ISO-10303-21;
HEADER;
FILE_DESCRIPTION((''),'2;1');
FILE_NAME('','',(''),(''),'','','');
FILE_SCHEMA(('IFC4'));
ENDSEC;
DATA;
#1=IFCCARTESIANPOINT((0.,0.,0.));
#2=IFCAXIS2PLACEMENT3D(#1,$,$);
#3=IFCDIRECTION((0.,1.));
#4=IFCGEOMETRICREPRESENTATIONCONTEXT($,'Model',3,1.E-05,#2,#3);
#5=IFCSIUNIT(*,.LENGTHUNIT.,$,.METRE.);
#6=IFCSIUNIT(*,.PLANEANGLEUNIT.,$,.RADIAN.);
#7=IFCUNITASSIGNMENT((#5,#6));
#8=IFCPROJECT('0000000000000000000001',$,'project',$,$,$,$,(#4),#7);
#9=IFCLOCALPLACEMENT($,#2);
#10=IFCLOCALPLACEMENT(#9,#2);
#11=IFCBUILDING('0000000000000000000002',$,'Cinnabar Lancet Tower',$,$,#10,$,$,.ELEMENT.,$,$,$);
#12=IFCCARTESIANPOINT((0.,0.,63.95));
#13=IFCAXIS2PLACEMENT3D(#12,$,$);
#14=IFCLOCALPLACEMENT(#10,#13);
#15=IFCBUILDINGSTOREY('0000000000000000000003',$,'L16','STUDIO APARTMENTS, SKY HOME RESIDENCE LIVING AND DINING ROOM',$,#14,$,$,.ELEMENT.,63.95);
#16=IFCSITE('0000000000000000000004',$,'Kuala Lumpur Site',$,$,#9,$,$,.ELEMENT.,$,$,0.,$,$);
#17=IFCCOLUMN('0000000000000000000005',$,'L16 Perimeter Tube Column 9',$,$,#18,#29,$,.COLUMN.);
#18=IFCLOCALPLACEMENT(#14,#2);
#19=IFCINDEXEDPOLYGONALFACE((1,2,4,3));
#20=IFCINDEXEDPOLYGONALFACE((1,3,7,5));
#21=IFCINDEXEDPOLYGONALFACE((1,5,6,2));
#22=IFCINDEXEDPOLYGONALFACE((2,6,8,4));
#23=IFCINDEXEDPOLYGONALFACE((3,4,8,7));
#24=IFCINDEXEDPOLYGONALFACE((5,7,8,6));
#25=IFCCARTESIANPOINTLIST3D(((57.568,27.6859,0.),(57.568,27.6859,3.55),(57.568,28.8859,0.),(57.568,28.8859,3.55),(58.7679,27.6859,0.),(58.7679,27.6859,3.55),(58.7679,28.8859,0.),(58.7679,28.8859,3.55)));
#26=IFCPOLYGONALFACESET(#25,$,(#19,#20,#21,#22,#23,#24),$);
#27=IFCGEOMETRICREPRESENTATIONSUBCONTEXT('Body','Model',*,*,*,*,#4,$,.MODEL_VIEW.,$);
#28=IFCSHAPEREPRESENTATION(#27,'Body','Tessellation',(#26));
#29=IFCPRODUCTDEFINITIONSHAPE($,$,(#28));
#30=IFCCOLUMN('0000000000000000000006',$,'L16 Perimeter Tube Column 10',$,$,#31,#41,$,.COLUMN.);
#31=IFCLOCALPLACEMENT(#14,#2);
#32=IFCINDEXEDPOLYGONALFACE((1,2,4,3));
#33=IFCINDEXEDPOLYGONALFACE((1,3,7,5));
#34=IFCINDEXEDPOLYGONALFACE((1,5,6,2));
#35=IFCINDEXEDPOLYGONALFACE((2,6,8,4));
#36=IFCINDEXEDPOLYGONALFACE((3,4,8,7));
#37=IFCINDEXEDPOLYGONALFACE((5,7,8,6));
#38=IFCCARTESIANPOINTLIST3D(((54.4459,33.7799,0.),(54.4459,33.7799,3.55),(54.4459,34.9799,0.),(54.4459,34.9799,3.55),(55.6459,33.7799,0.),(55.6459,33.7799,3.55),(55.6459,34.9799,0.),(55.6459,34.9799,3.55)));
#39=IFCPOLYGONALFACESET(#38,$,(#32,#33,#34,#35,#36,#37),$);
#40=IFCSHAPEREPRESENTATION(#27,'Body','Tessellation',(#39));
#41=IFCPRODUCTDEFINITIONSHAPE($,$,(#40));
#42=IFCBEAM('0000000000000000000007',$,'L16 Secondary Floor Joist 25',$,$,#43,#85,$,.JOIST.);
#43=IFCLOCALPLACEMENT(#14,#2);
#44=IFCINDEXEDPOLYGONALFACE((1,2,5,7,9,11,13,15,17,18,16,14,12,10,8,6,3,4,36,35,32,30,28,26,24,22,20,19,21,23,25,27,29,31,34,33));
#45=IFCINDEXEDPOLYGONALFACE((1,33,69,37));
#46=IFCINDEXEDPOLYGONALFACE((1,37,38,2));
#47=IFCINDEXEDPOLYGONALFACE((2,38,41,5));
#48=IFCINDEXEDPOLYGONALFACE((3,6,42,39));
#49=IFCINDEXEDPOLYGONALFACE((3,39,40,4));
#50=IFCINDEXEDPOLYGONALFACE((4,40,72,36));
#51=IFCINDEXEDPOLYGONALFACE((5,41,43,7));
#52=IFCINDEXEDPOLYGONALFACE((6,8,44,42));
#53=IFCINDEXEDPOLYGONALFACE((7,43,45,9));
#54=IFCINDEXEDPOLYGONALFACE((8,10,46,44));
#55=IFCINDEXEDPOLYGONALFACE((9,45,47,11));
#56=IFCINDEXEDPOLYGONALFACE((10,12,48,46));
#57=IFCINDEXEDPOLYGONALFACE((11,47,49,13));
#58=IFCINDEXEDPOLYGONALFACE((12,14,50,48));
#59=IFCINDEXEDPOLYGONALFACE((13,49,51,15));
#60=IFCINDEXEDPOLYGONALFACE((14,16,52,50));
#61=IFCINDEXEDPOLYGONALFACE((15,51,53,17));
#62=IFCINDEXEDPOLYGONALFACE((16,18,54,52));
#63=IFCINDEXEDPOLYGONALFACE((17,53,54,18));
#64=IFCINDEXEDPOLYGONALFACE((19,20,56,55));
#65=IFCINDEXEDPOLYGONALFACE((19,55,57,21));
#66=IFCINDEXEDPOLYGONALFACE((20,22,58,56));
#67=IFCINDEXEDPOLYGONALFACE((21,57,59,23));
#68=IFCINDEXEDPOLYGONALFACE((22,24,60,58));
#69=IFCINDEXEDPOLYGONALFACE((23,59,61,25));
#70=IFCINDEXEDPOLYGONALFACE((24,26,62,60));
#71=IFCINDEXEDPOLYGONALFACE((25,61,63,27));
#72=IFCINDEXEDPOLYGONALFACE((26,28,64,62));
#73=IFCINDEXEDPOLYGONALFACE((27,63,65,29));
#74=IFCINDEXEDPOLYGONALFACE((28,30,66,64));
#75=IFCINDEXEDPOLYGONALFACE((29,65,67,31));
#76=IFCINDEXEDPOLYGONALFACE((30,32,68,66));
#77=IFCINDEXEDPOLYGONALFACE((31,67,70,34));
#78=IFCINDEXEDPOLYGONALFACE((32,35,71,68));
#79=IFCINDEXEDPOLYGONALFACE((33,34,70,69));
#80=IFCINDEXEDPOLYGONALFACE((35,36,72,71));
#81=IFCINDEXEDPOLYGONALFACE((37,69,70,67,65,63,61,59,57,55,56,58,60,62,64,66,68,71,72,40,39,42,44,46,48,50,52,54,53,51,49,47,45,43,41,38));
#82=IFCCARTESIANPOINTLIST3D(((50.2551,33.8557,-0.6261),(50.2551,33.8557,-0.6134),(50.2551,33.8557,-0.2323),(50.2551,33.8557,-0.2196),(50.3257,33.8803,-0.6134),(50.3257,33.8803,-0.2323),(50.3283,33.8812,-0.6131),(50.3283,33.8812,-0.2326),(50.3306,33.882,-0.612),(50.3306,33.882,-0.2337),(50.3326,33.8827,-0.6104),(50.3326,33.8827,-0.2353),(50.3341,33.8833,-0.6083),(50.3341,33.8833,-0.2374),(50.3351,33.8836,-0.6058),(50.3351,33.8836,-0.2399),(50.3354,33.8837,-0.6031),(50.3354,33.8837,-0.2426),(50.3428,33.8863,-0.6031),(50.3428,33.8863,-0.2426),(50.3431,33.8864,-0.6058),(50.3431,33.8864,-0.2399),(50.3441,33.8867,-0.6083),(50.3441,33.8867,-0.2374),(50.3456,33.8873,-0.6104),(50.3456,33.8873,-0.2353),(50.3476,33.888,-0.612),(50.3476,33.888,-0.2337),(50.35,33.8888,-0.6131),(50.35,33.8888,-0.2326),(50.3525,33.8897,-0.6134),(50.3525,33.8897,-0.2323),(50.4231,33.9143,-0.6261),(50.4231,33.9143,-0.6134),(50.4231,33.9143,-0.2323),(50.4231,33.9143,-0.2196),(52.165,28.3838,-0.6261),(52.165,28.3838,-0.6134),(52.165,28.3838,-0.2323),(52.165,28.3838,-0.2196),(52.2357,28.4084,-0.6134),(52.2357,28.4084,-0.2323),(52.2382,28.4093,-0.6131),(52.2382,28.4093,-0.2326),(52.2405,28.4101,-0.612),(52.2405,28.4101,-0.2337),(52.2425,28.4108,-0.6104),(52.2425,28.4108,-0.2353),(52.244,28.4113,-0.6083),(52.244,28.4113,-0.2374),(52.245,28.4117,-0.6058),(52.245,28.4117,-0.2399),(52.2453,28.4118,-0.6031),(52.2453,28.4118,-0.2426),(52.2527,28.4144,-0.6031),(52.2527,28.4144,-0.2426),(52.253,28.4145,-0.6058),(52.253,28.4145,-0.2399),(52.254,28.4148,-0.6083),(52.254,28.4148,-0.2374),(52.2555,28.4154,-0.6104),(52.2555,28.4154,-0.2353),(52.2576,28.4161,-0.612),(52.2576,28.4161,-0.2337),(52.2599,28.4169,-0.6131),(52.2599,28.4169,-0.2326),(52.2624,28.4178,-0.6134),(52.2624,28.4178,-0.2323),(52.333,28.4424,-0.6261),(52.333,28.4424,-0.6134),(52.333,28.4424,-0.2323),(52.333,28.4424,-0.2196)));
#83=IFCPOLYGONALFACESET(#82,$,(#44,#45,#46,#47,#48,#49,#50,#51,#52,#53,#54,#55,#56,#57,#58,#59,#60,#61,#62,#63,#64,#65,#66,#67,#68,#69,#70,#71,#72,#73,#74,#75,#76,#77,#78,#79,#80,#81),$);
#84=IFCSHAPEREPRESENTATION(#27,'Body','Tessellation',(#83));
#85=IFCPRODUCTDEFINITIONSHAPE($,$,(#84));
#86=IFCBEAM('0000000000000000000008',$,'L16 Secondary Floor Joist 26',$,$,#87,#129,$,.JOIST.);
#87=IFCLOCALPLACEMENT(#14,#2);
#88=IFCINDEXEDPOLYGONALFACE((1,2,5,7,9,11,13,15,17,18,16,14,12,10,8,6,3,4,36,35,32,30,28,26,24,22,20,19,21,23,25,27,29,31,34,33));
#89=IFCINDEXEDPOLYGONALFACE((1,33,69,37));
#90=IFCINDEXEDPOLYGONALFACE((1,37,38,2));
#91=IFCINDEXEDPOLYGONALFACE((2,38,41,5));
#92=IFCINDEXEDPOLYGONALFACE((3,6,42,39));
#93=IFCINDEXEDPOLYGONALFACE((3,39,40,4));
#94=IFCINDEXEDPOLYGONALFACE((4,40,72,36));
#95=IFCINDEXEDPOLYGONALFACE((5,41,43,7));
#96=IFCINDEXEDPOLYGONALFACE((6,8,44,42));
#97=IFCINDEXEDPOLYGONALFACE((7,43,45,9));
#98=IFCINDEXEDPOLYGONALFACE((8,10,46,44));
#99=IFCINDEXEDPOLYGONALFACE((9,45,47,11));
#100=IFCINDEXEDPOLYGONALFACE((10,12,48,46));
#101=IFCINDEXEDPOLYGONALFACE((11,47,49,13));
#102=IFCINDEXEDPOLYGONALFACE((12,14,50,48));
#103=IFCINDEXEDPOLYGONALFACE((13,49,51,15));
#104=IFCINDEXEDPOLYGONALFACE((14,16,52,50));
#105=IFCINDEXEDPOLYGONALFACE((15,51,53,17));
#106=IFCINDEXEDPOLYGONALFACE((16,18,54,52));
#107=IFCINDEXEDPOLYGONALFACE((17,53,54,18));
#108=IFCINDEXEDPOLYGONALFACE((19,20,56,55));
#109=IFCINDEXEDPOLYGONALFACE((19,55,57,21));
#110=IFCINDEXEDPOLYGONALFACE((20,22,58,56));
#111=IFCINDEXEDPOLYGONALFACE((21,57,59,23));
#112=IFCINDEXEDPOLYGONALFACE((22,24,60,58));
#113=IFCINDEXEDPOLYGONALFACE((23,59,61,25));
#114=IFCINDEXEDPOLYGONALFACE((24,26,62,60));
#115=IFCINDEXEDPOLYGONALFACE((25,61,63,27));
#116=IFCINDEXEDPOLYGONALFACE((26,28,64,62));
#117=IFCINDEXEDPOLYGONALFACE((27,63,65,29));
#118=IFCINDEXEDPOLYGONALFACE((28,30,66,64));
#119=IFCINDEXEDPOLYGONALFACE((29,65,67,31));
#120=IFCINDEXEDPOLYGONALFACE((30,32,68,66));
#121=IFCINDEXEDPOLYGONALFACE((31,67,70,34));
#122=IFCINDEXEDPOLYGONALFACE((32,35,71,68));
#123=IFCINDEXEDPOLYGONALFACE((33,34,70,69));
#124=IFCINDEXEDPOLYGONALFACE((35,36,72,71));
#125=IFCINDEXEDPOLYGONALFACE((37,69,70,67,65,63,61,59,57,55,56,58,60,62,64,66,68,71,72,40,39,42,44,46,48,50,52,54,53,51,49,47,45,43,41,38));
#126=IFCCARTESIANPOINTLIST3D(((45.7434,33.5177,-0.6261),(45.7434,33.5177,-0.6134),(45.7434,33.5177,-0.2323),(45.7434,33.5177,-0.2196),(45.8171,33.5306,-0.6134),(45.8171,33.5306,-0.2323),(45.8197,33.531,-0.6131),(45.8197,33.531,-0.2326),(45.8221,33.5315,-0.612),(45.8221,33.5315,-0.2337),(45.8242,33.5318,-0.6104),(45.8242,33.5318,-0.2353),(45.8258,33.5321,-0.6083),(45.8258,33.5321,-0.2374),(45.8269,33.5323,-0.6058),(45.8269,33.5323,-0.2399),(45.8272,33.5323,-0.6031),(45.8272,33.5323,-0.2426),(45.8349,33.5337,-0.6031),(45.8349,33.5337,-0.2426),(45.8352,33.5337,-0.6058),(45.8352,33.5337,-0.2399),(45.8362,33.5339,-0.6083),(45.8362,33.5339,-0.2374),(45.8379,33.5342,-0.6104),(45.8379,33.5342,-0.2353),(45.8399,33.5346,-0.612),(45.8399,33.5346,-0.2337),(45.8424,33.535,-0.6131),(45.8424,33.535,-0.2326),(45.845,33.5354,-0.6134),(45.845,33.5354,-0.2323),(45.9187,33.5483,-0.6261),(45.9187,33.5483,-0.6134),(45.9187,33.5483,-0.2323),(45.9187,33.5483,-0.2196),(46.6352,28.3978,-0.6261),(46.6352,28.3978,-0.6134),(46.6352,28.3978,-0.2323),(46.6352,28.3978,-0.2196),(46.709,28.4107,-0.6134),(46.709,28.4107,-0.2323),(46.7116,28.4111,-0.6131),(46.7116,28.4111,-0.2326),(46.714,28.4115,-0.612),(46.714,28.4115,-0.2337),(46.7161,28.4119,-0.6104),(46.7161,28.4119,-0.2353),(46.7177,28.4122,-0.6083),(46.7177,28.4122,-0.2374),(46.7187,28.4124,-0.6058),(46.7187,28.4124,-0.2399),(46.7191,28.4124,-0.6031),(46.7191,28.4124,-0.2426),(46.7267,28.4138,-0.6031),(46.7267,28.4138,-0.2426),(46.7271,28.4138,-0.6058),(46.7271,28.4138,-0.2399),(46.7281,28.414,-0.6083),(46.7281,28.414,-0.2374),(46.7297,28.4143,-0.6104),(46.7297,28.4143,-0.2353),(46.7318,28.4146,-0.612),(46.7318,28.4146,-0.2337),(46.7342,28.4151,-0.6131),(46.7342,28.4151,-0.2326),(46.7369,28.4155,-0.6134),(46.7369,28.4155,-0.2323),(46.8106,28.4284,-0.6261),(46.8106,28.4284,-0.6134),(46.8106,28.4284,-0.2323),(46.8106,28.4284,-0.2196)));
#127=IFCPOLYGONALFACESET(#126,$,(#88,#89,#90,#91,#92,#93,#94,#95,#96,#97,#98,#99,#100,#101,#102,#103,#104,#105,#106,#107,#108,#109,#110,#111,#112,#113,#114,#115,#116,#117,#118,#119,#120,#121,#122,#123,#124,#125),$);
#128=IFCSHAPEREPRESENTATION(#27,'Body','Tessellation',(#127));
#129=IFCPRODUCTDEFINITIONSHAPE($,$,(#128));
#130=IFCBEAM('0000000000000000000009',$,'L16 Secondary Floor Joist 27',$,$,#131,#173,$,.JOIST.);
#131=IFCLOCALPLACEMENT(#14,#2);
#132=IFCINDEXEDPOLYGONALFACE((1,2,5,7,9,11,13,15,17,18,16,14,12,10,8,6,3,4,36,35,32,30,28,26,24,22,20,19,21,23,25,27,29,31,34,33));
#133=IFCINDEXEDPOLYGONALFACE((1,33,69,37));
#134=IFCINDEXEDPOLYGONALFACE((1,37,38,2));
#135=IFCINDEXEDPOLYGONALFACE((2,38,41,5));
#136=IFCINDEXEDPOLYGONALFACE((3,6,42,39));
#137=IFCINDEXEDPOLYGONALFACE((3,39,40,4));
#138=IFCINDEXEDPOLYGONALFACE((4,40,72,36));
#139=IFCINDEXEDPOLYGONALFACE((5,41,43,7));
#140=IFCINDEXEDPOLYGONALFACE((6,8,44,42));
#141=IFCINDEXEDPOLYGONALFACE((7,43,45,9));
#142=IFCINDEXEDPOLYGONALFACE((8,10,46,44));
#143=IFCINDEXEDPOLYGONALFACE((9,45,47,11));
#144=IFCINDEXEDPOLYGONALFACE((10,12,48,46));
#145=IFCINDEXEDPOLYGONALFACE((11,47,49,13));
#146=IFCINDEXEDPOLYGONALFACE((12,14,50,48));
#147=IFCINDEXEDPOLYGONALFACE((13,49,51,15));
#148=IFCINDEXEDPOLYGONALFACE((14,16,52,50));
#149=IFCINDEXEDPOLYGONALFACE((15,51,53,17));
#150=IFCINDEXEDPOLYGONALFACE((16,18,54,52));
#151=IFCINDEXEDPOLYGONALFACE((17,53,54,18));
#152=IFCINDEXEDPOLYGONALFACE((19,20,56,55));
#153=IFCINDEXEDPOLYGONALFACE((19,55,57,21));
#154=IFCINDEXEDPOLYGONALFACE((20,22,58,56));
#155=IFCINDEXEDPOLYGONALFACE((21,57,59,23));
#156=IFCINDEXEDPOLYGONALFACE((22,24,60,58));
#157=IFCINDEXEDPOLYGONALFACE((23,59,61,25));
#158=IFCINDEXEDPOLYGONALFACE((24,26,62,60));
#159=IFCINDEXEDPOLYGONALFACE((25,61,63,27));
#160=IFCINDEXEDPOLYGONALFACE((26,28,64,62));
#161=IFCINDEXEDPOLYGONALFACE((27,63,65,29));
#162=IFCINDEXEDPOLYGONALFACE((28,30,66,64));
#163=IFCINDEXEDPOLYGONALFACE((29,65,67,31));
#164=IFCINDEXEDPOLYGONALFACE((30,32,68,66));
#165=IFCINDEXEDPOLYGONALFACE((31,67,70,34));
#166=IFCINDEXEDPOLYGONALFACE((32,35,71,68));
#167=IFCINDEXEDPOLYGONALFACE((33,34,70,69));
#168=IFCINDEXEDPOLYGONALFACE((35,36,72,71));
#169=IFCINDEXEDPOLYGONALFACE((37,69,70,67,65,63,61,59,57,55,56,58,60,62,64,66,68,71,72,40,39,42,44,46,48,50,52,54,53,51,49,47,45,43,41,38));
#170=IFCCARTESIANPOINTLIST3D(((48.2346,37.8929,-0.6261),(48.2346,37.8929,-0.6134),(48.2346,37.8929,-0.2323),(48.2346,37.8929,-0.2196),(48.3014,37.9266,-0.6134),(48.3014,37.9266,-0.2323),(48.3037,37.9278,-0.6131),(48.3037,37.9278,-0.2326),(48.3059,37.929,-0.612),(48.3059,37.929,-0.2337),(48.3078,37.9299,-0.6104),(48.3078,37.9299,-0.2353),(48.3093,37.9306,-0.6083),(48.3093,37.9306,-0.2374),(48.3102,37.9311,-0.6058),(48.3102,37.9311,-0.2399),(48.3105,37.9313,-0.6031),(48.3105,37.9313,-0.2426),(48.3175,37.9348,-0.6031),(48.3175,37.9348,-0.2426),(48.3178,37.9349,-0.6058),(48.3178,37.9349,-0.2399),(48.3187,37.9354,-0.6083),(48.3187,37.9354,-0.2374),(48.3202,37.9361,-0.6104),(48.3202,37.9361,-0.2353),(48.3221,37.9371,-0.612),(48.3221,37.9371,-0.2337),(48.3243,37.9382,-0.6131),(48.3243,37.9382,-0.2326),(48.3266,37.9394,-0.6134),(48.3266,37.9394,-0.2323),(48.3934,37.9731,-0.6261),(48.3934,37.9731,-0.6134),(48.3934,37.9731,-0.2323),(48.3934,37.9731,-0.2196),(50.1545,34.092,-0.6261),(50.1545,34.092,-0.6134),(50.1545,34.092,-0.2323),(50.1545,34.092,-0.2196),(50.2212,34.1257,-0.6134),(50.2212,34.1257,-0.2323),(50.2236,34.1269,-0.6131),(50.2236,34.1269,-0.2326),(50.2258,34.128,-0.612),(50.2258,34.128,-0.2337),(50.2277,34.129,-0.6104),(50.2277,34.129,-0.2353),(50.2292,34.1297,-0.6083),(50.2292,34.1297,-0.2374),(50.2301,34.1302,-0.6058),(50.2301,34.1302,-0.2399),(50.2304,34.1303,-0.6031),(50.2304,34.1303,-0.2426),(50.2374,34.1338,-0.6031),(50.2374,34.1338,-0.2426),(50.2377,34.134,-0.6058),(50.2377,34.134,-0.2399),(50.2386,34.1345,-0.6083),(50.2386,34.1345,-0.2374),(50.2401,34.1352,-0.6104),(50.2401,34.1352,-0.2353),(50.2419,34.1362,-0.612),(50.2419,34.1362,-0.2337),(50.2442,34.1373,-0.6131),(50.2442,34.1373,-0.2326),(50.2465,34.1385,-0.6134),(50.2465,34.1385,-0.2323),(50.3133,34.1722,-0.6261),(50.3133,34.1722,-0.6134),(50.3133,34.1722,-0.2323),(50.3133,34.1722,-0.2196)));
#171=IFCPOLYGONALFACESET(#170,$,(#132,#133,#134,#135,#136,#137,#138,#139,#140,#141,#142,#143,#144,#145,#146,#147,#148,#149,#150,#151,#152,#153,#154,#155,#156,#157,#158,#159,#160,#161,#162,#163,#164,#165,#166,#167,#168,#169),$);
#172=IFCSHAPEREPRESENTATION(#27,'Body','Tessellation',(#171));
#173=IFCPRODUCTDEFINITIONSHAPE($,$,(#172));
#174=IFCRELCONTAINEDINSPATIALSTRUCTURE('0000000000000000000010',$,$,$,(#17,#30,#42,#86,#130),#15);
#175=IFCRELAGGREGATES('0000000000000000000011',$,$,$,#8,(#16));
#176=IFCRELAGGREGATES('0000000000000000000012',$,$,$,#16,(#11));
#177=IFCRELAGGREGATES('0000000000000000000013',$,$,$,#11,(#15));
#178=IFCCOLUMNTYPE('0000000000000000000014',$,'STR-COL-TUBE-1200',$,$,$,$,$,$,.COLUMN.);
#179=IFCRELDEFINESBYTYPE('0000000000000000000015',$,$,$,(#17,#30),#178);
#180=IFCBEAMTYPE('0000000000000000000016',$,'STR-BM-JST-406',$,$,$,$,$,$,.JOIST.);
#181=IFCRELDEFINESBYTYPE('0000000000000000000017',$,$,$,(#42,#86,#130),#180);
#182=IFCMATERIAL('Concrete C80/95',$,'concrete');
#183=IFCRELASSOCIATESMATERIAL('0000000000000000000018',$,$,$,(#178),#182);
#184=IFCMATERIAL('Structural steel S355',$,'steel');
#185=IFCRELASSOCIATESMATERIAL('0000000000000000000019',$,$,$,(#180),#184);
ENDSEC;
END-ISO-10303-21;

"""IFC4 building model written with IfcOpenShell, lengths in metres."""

from ifc_helpers import new_model, si_unit, direction, frame, origin, origin_2d, place, context, subcontext, project, spatial, rectangle, i_section, extrude, material, material_profile, profile_set, type_object, element, save


model = new_model("IFC4")

# Units and contexts
model_context = context("Model", 3, precision=1e-05, world=origin(), true_north=direction((0.0, 1.0)))
body_context = subcontext(model_context, "Body", "Model", "MODEL_VIEW")
ifc_project = project(units=[si_unit("LENGTHUNIT", "METRE"), si_unit("PLANEANGLEUNIT", "RADIAN")], contexts=[model_context])

# Site, building, storey
site_placement = place(None, origin())
site = spatial("IfcSite", under=ifc_project, at=site_placement, Name="Kuala Lumpur Site", CompositionType="ELEMENT", RefElevation=0.0)
building_placement = place(site_placement, origin())
building = spatial("IfcBuilding", under=site, at=building_placement, Name="Cinnabar Lancet Tower", CompositionType="ELEMENT")
storey_placement = place(building_placement, frame((0.0, 0.0, 63.95)))
storey = spatial("IfcBuildingStorey", under=building, at=storey_placement, Name="L16", Description="STUDIO APARTMENTS, SKY HOME RESIDENCE LIVING AND DINING ROOM", CompositionType="ELEMENT", Elevation=63.95)

# Columns
ifc_material_1 = material(Name="Concrete C80/95", Category="concrete")
ifc_material_profile_1 = material_profile(ifc_material_1, rectangle(XDim=1.2, YDim=1.2, at=origin_2d()), Name="RC-COL 1200x1200")
ifc_profile_set_1 = profile_set([ifc_material_profile_1], Name="Concrete C80/95")
column_type = type_object("IfcColumnType", Name="STR-COL-TUBE-1200", PredefinedType="COLUMN", material=ifc_profile_set_1)
for number, where, z_axis, x_axis, name in (
    (1, (58.168, 28.2859, 0.0), (0.0, 0.0, 1.0), (1.0, 0.0, 0.0), "L16 Perimeter Tube Column 9"),
    (2, (55.0459, 34.3799, 0.0), (0.0, 0.0, 1.0), (1.0, 0.0, 0.0), "L16 Perimeter Tube Column 10"),
):
    element("IfcColumn", number, at=place(storey_placement, frame(where, z_axis=z_axis, x_axis=x_axis)), inside=storey, type_object=column_type, Name=name, PredefinedType="COLUMN", context=body_context, shape_type="SweptSolid", body=[
        extrude(rectangle(XDim=1.2, YDim=1.2, at=origin_2d()), origin(), (0.0, 0.0, 1.0), 3.55),
    ])

# Beams
ifc_material_2 = material(Name="Structural steel S355", Category="steel")
ifc_material_profile_2 = material_profile(ifc_material_2, i_section(OverallWidth=0.178, OverallDepth=0.4065, WebThickness=0.0078, FlangeThickness=0.0127, FilletRadius=0.0103, at=origin_2d()), Name="UKB 406x178x60")
ifc_profile_set_2 = profile_set([ifc_material_profile_2], Name="Structural steel S355")
beam_type_1 = type_object("IfcBeamType", Name="STR-BM-JST-406", PredefinedType="JOIST", material=ifc_profile_set_2)
beam_1_placement = place(storey_placement, frame((52.249, 28.4131, -0.4229), z_axis=(-0.329542, 0.944141, 0.0), x_axis=(-0.944141, -0.329542, 0.0)))
element("IfcBeam", 3, at=beam_1_placement, inside=storey, type_object=beam_type_1, Name="L16 Secondary Floor Joist 25", PredefinedType="JOIST", context=body_context, shape_type="SweptSolid", body=[
    extrude(i_section(OverallWidth=0.178, OverallDepth=0.4065, WebThickness=0.0078, FlangeThickness=0.0127, FilletRadius=0.0103, at=origin_2d()), origin(), (0.0, 0.0, 1.0), 5.7957),
])
beam_2_placement = place(storey_placement, frame((46.7229, 28.4131, -0.4229), z_axis=(-0.171609, 0.985165, 0.0), x_axis=(-0.985165, -0.171609, 0.0)))
element("IfcBeam", 4, at=beam_2_placement, inside=storey, type_object=beam_type_1, Name="L16 Secondary Floor Joist 26", PredefinedType="JOIST", context=body_context, shape_type="SweptSolid", body=[
    extrude(i_section(OverallWidth=0.178, OverallDepth=0.4065, WebThickness=0.0078, FlangeThickness=0.0127, FilletRadius=0.0103, at=origin_2d()), origin(), (0.0, 0.0, 1.0), 5.197),
])
beam_3_placement = place(storey_placement, frame((50.2339, 34.1321, -0.4229), z_axis=(-0.450856, 0.892597, 0.0), x_axis=(-0.892597, -0.450856, 0.0)))
element("IfcBeam", 5, at=beam_3_placement, inside=storey, type_object=beam_type_1, Name="L16 Secondary Floor Joist 27", PredefinedType="JOIST", context=body_context, shape_type="SweptSolid", body=[
    extrude(i_section(OverallWidth=0.178, OverallDepth=0.4065, WebThickness=0.0078, FlangeThickness=0.0127, FilletRadius=0.0103, at=origin_2d()), origin(), (0.0, 0.0, 1.0), 4.2583),
])

save(model, "model.ifc")
